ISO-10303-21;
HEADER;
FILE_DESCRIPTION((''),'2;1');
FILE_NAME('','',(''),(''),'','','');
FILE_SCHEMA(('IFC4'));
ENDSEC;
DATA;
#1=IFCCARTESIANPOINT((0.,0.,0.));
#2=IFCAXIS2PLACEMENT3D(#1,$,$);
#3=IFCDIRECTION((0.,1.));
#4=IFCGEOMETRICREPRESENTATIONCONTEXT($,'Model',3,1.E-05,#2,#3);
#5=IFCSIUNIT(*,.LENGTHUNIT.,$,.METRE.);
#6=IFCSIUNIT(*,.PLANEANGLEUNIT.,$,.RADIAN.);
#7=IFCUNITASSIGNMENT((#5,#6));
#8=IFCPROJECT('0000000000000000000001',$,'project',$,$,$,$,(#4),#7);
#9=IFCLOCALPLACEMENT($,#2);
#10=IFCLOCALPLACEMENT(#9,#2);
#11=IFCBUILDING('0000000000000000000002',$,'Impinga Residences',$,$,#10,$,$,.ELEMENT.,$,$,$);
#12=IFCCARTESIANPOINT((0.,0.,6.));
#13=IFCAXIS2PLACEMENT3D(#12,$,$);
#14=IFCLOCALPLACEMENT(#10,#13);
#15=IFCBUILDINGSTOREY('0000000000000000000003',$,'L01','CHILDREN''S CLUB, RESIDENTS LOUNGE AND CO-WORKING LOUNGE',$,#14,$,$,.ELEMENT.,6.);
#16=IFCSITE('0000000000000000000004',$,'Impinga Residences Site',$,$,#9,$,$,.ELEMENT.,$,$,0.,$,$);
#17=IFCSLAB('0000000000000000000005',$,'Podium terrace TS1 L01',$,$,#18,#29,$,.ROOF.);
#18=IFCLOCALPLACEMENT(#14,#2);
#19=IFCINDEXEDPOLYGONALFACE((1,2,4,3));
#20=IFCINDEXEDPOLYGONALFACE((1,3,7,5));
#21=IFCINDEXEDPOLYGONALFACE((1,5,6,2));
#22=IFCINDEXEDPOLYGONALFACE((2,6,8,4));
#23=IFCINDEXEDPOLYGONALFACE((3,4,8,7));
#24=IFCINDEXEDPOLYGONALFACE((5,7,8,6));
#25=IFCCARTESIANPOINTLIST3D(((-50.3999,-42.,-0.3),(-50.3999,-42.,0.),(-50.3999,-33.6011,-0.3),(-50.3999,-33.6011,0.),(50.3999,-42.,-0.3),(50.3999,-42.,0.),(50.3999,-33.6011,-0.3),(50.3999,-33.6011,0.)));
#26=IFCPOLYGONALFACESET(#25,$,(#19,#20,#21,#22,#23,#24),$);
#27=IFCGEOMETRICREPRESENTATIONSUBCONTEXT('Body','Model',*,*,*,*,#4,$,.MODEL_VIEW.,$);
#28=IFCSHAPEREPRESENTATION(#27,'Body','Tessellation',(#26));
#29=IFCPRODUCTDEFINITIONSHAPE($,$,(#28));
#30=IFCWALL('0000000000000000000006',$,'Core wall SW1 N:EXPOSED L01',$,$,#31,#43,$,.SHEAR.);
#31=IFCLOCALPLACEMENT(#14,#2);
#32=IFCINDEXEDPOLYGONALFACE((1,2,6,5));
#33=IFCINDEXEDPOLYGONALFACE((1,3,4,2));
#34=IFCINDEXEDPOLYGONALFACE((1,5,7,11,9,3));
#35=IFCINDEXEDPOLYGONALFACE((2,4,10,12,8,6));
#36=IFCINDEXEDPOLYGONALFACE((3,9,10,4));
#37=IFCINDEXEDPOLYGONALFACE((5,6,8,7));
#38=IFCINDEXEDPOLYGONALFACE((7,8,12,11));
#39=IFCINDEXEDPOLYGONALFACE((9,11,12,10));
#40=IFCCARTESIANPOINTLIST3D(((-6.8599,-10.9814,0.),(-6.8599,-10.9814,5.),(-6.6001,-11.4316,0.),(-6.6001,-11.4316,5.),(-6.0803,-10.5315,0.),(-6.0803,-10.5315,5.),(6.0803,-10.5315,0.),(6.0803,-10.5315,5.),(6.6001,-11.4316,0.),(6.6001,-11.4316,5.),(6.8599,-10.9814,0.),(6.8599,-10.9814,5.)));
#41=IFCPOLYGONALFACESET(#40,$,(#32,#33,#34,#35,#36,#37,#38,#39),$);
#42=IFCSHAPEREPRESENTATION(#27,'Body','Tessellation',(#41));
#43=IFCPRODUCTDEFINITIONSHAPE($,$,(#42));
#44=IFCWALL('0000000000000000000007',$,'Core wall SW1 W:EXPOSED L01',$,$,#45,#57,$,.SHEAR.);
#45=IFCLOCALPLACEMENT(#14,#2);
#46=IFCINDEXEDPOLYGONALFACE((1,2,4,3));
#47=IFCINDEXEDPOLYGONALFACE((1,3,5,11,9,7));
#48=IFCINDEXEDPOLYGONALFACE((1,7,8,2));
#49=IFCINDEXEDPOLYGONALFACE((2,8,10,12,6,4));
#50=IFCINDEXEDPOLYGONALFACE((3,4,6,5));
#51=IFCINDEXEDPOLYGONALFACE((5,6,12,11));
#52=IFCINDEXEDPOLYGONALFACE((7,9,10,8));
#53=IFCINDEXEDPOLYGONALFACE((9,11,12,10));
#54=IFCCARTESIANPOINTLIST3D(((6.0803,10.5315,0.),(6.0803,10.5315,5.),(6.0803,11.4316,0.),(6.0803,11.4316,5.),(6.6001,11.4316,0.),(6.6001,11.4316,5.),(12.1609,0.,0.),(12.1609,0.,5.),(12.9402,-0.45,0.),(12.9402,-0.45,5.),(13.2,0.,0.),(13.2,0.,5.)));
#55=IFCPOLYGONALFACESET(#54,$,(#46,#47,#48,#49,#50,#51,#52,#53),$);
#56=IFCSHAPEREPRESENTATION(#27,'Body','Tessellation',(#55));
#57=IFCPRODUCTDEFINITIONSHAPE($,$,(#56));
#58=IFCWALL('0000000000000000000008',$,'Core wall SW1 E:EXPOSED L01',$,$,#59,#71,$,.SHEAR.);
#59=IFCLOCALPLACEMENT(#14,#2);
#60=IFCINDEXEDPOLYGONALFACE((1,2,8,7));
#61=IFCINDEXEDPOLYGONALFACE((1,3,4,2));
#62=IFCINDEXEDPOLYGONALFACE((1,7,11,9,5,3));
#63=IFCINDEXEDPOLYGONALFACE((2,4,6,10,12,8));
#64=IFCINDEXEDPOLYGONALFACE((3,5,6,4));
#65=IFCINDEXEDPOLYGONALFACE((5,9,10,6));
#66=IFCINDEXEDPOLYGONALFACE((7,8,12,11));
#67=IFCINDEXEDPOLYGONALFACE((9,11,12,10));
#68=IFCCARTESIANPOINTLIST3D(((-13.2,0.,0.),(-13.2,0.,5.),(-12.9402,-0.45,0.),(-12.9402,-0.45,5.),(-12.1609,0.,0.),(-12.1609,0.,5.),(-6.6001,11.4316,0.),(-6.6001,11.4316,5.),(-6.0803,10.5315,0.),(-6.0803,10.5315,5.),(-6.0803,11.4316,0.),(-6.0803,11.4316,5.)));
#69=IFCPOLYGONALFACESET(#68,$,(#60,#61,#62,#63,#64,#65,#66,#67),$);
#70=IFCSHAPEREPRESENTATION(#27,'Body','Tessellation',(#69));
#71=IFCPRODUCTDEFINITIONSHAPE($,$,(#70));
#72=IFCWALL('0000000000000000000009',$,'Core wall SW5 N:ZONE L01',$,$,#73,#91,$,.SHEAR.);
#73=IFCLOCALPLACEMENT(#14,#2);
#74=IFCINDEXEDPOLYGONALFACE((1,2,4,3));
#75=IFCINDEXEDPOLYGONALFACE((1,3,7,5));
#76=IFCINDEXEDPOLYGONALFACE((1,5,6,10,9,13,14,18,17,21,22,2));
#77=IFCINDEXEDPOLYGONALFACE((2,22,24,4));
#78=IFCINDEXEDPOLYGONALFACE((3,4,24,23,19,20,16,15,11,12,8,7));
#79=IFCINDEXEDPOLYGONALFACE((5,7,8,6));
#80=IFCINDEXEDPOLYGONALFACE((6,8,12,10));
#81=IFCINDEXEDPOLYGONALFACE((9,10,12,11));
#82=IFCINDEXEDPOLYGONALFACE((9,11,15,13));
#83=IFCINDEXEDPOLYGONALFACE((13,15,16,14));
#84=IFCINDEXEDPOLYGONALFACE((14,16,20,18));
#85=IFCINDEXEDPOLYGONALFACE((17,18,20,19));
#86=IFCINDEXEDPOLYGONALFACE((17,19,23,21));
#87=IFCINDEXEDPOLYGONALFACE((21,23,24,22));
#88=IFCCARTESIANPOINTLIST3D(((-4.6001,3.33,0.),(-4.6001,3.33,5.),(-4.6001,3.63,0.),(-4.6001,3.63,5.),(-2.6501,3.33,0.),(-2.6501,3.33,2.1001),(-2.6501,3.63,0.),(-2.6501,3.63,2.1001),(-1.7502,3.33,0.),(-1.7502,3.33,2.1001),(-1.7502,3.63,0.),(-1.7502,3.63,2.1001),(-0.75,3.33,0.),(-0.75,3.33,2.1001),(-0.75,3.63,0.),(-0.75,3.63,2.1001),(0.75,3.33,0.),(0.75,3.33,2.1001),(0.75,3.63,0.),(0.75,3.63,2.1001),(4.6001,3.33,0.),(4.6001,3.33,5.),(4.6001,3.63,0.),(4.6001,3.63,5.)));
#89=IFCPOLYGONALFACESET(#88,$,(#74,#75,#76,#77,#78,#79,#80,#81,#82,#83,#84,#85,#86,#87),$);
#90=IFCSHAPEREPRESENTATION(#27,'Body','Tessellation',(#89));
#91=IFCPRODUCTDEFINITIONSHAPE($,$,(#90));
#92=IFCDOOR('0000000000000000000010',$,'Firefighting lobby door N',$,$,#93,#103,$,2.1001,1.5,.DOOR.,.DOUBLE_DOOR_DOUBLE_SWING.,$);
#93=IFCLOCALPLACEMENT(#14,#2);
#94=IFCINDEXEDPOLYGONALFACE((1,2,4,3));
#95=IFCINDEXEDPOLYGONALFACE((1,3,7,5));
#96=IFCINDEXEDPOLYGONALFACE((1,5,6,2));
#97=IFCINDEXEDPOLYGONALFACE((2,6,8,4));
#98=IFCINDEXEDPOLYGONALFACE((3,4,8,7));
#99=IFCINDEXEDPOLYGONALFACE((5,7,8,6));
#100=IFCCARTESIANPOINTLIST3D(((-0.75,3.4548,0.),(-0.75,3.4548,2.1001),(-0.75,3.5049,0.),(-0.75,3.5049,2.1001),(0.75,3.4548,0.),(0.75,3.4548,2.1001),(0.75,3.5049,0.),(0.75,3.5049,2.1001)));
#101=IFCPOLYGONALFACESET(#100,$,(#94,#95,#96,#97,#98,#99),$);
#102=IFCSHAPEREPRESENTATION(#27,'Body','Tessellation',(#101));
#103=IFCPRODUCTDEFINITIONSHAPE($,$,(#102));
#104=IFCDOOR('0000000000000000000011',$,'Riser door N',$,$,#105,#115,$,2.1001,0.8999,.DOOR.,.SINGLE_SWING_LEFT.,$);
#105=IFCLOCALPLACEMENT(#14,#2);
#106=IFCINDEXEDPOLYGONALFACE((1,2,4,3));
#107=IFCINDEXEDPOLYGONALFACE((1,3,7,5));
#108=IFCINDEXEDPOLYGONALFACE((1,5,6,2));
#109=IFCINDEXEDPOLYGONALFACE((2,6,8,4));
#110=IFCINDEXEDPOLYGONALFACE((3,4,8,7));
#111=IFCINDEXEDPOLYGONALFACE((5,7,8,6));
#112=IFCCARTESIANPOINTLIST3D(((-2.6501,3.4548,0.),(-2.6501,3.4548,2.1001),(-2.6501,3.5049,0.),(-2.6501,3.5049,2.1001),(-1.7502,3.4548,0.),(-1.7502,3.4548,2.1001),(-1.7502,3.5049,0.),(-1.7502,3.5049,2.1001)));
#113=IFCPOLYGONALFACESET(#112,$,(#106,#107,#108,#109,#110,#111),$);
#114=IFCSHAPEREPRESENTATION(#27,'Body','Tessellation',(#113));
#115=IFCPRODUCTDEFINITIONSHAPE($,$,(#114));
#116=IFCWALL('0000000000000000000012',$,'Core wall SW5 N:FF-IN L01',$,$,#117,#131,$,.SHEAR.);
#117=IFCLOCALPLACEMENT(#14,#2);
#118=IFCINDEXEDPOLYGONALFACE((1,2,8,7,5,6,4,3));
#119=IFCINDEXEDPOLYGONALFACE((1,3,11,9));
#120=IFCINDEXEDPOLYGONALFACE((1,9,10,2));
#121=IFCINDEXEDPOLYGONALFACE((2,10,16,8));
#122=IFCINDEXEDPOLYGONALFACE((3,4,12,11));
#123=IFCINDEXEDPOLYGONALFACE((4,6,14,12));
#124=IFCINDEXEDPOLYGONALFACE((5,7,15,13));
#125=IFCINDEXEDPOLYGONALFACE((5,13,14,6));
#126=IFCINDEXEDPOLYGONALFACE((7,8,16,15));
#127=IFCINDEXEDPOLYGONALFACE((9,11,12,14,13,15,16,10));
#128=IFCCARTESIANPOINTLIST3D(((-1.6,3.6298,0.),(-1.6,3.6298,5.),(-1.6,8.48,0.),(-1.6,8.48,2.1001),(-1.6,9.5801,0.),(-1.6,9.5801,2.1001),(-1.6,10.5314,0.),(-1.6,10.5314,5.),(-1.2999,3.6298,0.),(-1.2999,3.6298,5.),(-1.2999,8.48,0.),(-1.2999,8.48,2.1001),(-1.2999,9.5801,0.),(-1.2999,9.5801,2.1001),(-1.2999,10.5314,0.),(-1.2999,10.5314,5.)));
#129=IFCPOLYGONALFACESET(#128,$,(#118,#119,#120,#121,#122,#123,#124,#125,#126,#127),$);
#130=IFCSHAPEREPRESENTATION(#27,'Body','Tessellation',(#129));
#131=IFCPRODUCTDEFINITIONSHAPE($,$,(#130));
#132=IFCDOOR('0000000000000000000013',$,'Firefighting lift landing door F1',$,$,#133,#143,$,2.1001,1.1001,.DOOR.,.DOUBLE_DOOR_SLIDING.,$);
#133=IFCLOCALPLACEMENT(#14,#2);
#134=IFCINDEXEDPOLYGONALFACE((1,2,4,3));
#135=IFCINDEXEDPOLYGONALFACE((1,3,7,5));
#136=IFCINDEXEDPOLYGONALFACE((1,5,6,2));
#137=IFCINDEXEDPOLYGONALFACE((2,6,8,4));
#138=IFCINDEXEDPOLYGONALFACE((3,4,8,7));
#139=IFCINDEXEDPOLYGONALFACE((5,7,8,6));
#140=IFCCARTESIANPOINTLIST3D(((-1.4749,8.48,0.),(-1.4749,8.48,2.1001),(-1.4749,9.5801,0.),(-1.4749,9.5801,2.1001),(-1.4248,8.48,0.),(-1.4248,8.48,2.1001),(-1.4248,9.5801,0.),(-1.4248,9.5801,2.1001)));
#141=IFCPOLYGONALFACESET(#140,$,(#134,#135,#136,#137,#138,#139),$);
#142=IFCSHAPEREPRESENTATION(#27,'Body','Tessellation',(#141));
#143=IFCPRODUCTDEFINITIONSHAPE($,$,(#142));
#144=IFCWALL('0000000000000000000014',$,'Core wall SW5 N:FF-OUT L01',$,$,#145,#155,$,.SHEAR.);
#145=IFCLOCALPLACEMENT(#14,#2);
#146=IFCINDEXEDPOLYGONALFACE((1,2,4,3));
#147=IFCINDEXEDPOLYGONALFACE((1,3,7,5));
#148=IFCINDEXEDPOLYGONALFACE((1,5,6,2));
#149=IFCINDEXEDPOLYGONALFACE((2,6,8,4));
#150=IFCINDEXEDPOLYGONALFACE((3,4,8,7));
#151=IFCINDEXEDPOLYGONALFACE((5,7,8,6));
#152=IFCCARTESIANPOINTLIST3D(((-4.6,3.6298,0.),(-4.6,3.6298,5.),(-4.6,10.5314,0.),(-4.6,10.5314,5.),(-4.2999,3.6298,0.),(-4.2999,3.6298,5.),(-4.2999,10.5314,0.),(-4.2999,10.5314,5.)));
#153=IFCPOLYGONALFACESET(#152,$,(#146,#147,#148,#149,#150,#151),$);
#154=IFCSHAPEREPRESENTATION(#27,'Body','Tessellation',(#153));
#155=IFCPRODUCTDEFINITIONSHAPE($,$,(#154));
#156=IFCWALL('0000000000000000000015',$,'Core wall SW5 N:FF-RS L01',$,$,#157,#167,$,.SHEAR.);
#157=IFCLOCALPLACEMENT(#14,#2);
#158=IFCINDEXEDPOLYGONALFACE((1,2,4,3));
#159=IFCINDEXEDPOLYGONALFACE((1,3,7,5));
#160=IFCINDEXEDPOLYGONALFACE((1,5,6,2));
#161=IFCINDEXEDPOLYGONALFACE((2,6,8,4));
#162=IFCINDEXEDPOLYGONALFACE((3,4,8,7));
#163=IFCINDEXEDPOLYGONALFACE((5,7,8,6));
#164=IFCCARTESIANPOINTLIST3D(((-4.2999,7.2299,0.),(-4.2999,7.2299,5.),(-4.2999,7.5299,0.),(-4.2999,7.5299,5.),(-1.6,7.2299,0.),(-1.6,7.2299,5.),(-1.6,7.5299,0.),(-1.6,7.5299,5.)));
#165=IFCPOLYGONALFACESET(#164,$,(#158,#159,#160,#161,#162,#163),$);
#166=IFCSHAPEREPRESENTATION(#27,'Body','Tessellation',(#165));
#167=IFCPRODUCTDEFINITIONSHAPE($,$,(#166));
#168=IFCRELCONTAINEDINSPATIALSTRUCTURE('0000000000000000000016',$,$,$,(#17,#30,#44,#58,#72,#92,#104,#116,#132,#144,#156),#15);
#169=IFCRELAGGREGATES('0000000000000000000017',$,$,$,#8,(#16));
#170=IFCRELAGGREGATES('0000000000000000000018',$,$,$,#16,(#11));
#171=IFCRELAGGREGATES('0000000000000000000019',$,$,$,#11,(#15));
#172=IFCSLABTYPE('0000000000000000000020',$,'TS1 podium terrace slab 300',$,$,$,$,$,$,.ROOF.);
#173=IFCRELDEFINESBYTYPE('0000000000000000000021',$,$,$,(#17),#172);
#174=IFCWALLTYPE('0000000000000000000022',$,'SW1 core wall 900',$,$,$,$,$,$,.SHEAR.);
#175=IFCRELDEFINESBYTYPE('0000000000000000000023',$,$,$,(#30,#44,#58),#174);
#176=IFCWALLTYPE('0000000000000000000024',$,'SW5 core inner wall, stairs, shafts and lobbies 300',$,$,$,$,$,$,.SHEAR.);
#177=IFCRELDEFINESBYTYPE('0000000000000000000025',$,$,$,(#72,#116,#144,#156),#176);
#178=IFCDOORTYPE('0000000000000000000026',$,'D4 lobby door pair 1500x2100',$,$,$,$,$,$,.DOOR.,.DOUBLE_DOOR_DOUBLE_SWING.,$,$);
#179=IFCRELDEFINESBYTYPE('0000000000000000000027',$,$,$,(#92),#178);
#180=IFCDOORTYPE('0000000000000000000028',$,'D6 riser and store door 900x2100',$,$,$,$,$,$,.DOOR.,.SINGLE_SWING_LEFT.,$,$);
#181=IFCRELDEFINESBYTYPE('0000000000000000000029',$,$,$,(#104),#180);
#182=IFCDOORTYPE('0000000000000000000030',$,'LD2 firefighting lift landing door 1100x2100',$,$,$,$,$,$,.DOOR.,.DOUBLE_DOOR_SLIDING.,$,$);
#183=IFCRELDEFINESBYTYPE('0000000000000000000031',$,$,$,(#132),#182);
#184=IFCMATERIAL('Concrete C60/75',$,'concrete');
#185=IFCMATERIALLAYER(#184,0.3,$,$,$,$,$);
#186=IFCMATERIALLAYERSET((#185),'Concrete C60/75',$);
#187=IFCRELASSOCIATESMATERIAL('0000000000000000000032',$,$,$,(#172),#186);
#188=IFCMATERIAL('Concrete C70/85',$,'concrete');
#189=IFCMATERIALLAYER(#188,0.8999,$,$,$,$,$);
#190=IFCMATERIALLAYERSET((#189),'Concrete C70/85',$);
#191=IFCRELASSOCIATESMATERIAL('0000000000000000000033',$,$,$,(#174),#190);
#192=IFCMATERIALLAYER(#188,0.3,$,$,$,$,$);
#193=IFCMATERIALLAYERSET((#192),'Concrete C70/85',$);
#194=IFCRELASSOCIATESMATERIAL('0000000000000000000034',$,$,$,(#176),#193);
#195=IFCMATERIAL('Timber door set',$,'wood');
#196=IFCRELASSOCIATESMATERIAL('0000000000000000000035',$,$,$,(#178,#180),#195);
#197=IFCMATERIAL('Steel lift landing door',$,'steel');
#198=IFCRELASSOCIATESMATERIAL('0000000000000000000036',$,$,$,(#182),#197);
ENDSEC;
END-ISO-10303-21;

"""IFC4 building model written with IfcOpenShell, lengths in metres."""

from ifc_helpers import new_model, si_unit, direction, frame, frame_2d, origin, place, context, subcontext, project, spatial, polyline, rectangle, outline, extrude, material, layer, layer_set, type_object, element, fill, save


model = new_model("IFC4")

# Units and contexts
model_context = context("Model", 3, precision=1e-05, world=origin(), true_north=direction((0.0, 1.0)))
body_context = subcontext(model_context, "Body", "Model", "MODEL_VIEW")
ifc_project = project(units=[si_unit("LENGTHUNIT", "METRE"), si_unit("PLANEANGLEUNIT", "RADIAN")], contexts=[model_context])

# Site, building, storey
site_placement = place(None, origin())
site = spatial("IfcSite", under=ifc_project, at=site_placement, Name="Impinga Residences Site", CompositionType="ELEMENT", RefElevation=0.0)
building_placement = place(site_placement, origin())
building = spatial("IfcBuilding", under=site, at=building_placement, Name="Impinga Residences", CompositionType="ELEMENT")
storey_placement = place(building_placement, frame((0.0, 0.0, 6.0)))
storey = spatial("IfcBuildingStorey", under=building, at=storey_placement, Name="L01", Description="CHILDREN'S CLUB, RESIDENTS LOUNGE AND CO-WORKING LOUNGE", CompositionType="ELEMENT", Elevation=6.0)

# Shared definitions
ifc_material_1 = material(Name="Concrete C60/75", Category="concrete")

# Slab
ifc_layer_1 = layer(ifc_material_1, 0.3)
ifc_layer_set_1 = layer_set([ifc_layer_1], Name="Concrete C60/75")
slab_type_1 = type_object("IfcSlabType", Name="TS1 podium terrace slab 300", PredefinedType="ROOF", material=ifc_layer_set_1)
slab_1_placement = place(storey_placement, frame((0.0, 0.0, -0.3)))
element("IfcSlab", 1, at=slab_1_placement, inside=storey, type_object=slab_type_1, Name="Podium terrace TS1 L01", PredefinedType="ROOF", context=body_context, shape_type="SweptSolid", body=[
    extrude(outline(polyline([(-50.3999, -33.6011), (50.3999, -33.6011), (50.3999, -42.0), (-50.3999, -42.0), (-50.3999, -33.6011)])), origin(), (0.0, 0.0, 1.0), 0.3),
])

# Walls
ifc_material_2 = material(Name="Concrete C70/85", Category="concrete")
ifc_layer_2 = layer(ifc_material_2, 0.8999)
ifc_layer_set_2 = layer_set([ifc_layer_2], Name="Concrete C70/85")
wall_type_1 = type_object("IfcWallType", Name="SW1 core wall 900", PredefinedType="SHEAR", material=ifc_layer_set_2)
wall_1_placement = place(storey_placement, origin())
element("IfcWall", 2, at=wall_1_placement, inside=storey, type_object=wall_type_1, Name="Core wall SW1 N:EXPOSED L01", PredefinedType="SHEAR", context=body_context, shape_type="SweptSolid", body=[
    extrude(outline(polyline([(-6.6001, -11.4316), (6.6001, -11.4316), (6.8599, -10.9814), (6.0803, -10.5315), (-6.0803, -10.5315), (-6.8599, -10.9814), (-6.6001, -11.4316)])), origin(), (0.0, 0.0, 1.0), 5.0),
])
wall_2_placement = place(storey_placement, origin())
element("IfcWall", 3, at=wall_2_placement, inside=storey, type_object=wall_type_1, Name="Core wall SW1 W:EXPOSED L01", PredefinedType="SHEAR", context=body_context, shape_type="SweptSolid", body=[
    extrude(outline(polyline([(13.2, 0.0), (6.6001, 11.4316), (6.0803, 11.4316), (6.0803, 10.5315), (12.1609, 0.0), (12.9402, -0.45), (13.2, 0.0)])), origin(), (0.0, 0.0, 1.0), 5.0),
])
wall_3_placement = place(storey_placement, origin())
element("IfcWall", 4, at=wall_3_placement, inside=storey, type_object=wall_type_1, Name="Core wall SW1 E:EXPOSED L01", PredefinedType="SHEAR", context=body_context, shape_type="SweptSolid", body=[
    extrude(outline(polyline([(-6.6001, 11.4316), (-13.2, 0.0), (-12.9402, -0.45), (-12.1609, 0.0), (-6.0803, 10.5315), (-6.0803, 11.4316), (-6.6001, 11.4316)])), origin(), (0.0, 0.0, 1.0), 5.0),
])

# Wall, openings, doors
ifc_layer_3 = layer(ifc_material_2, 0.3)
ifc_layer_set_3 = layer_set([ifc_layer_3], Name="Concrete C70/85")
wall_type_2 = type_object("IfcWallType", Name="SW5 core inner wall, stairs, shafts and lobbies 300", PredefinedType="SHEAR", material=ifc_layer_set_3)
wall_4_placement = place(storey_placement, frame((-4.6001, 3.48, 0.0), z_axis=(0.0, 0.0, 1.0), x_axis=(1.0, 0.0, 0.0)))
wall_4 = element("IfcWall", 5, at=wall_4_placement, inside=storey, type_object=wall_type_2, Name="Core wall SW5 N:ZONE L01", PredefinedType="SHEAR", context=body_context, shape_type="SweptSolid", body=[
    extrude(rectangle(XDim=9.2002, YDim=0.3, at=frame_2d((4.6001, 0.0))), origin(), (0.0, 0.0, 1.0), 5.0),
])
opening_1_placement = place(wall_4_placement, frame((3.8501, 0.0, 0.0)))
opening_1 = element("IfcOpeningElement", 6, at=opening_1_placement, cuts=wall_4, PredefinedType="OPENING", context=body_context, shape_type="SweptSolid", body=[
    extrude(rectangle(XDim=1.5, YDim=2.1001, at=frame_2d((0.75, 1.05))), frame((0.0, 0.1599, 0.0), z_axis=(0.0, -1.0, 0.0), x_axis=(1.0, 0.0, 0.0)), (0.0, 0.0, 1.0), 0.3201),
])
opening_2_placement = place(wall_4_placement, frame((1.95, 0.0, 0.0)))
opening_2 = element("IfcOpeningElement", 7, at=opening_2_placement, cuts=wall_4, PredefinedType="OPENING", context=body_context, shape_type="SweptSolid", body=[
    extrude(rectangle(XDim=0.8999, YDim=2.1001, at=frame_2d((0.45, 1.05))), frame((0.0, 0.1599, 0.0), z_axis=(0.0, -1.0, 0.0), x_axis=(1.0, 0.0, 0.0)), (0.0, 0.0, 1.0), 0.3201),
])
ifc_material_3 = material(Name="Timber door set", Category="wood")
door_type_1 = type_object("IfcDoorType", Name="D4 lobby door pair 1500x2100", OperationType="DOUBLE_DOOR_DOUBLE_SWING", PredefinedType="DOOR", material=ifc_material_3)
door_1_placement = place(opening_1_placement, origin())
door_1 = element("IfcDoor", 8, at=door_1_placement, inside=storey, type_object=door_type_1, Name="Firefighting lobby door N", OperationType="DOUBLE_DOOR_DOUBLE_SWING", OverallHeight=2.1001, OverallWidth=1.5, PredefinedType="DOOR", context=body_context, shape_type="SweptSolid", body=[
    extrude(rectangle(XDim=1.5, YDim=2.1001, at=frame_2d((0.75, 1.05))), frame((0.0, 0.0249, 0.0), z_axis=(0.0, -1.0, 0.0), x_axis=(1.0, 0.0, 0.0)), (0.0, 0.0, 1.0), 0.05),
])
fill(opening_1, door_1)
door_type_2 = type_object("IfcDoorType", Name="D6 riser and store door 900x2100", OperationType="SINGLE_SWING_LEFT", PredefinedType="DOOR", material=ifc_material_3)
door_2_placement = place(opening_2_placement, origin())
door_2 = element("IfcDoor", 9, at=door_2_placement, inside=storey, type_object=door_type_2, Name="Riser door N", OperationType="SINGLE_SWING_LEFT", OverallHeight=2.1001, OverallWidth=0.8999, PredefinedType="DOOR", context=body_context, shape_type="SweptSolid", body=[
    extrude(rectangle(XDim=0.8999, YDim=2.1001, at=frame_2d((0.45, 1.05))), frame((0.0, 0.0249, 0.0), z_axis=(0.0, -1.0, 0.0), x_axis=(1.0, 0.0, 0.0)), (0.0, 0.0, 1.0), 0.05),
])
fill(opening_2, door_2)

# Wall, opening, door
wall_5_placement = place(storey_placement, frame((-1.45, 3.6299, 0.0), z_axis=(0.0, 0.0, 1.0), x_axis=(0.0, 1.0, 0.0)))
wall_5 = element("IfcWall", 10, at=wall_5_placement, inside=storey, type_object=wall_type_2, Name="Core wall SW5 N:FF-IN L01", PredefinedType="SHEAR", context=body_context, shape_type="SweptSolid", body=[
    extrude(rectangle(XDim=6.9016, YDim=0.3, at=frame_2d((3.4507, 0.0))), origin(), (0.0, 0.0, 1.0), 5.0),
])
opening_3_placement = place(wall_5_placement, frame((4.8501, 0.0, 0.0)))
opening_3 = element("IfcOpeningElement", 11, at=opening_3_placement, cuts=wall_5, PredefinedType="OPENING", context=body_context, shape_type="SweptSolid", body=[
    extrude(rectangle(XDim=1.1001, YDim=2.1001, at=frame_2d((0.55, 1.05))), frame((0.0, 0.1599, 0.0), z_axis=(0.0, -1.0, 0.0), x_axis=(1.0, 0.0, 0.0)), (0.0, 0.0, 1.0), 0.3201),
])
ifc_material_4 = material(Name="Steel lift landing door", Category="steel")
door_type_3 = type_object("IfcDoorType", Name="LD2 firefighting lift landing door 1100x2100", OperationType="DOUBLE_DOOR_SLIDING", PredefinedType="DOOR", material=ifc_material_4)
door_3_placement = place(opening_3_placement, origin())
door_3 = element("IfcDoor", 12, at=door_3_placement, inside=storey, type_object=door_type_3, Name="Firefighting lift landing door F1", OperationType="DOUBLE_DOOR_SLIDING", OverallHeight=2.1001, OverallWidth=1.1001, PredefinedType="DOOR", context=body_context, shape_type="SweptSolid", body=[
    extrude(rectangle(XDim=1.1001, YDim=2.1001, at=frame_2d((0.55, 1.05))), frame((0.0, 0.0249, 0.0), z_axis=(0.0, -1.0, 0.0), x_axis=(1.0, 0.0, 0.0)), (0.0, 0.0, 1.0), 0.05),
])
fill(opening_3, door_3)

# Walls
wall_6_placement = place(storey_placement, frame((-4.45, 3.6299, 0.0), z_axis=(0.0, 0.0, 1.0), x_axis=(0.0, 1.0, 0.0)))
element("IfcWall", 13, at=wall_6_placement, inside=storey, type_object=wall_type_2, Name="Core wall SW5 N:FF-OUT L01", PredefinedType="SHEAR", context=body_context, shape_type="SweptSolid", body=[
    extrude(rectangle(XDim=6.9016, YDim=0.3, at=frame_2d((3.4507, 0.0))), origin(), (0.0, 0.0, 1.0), 5.0),
])
wall_7_placement = place(storey_placement, frame((-4.3, 7.3799, 0.0), z_axis=(0.0, 0.0, 1.0), x_axis=(1.0, 0.0, 0.0)))
element("IfcWall", 14, at=wall_7_placement, inside=storey, type_object=wall_type_2, Name="Core wall SW5 N:FF-RS L01", PredefinedType="SHEAR", context=body_context, shape_type="SweptSolid", body=[
    extrude(rectangle(XDim=2.7, YDim=0.3, at=frame_2d((1.3501, 0.0))), origin(), (0.0, 0.0, 1.0), 5.0),
])

save(model, "model.ifc")
